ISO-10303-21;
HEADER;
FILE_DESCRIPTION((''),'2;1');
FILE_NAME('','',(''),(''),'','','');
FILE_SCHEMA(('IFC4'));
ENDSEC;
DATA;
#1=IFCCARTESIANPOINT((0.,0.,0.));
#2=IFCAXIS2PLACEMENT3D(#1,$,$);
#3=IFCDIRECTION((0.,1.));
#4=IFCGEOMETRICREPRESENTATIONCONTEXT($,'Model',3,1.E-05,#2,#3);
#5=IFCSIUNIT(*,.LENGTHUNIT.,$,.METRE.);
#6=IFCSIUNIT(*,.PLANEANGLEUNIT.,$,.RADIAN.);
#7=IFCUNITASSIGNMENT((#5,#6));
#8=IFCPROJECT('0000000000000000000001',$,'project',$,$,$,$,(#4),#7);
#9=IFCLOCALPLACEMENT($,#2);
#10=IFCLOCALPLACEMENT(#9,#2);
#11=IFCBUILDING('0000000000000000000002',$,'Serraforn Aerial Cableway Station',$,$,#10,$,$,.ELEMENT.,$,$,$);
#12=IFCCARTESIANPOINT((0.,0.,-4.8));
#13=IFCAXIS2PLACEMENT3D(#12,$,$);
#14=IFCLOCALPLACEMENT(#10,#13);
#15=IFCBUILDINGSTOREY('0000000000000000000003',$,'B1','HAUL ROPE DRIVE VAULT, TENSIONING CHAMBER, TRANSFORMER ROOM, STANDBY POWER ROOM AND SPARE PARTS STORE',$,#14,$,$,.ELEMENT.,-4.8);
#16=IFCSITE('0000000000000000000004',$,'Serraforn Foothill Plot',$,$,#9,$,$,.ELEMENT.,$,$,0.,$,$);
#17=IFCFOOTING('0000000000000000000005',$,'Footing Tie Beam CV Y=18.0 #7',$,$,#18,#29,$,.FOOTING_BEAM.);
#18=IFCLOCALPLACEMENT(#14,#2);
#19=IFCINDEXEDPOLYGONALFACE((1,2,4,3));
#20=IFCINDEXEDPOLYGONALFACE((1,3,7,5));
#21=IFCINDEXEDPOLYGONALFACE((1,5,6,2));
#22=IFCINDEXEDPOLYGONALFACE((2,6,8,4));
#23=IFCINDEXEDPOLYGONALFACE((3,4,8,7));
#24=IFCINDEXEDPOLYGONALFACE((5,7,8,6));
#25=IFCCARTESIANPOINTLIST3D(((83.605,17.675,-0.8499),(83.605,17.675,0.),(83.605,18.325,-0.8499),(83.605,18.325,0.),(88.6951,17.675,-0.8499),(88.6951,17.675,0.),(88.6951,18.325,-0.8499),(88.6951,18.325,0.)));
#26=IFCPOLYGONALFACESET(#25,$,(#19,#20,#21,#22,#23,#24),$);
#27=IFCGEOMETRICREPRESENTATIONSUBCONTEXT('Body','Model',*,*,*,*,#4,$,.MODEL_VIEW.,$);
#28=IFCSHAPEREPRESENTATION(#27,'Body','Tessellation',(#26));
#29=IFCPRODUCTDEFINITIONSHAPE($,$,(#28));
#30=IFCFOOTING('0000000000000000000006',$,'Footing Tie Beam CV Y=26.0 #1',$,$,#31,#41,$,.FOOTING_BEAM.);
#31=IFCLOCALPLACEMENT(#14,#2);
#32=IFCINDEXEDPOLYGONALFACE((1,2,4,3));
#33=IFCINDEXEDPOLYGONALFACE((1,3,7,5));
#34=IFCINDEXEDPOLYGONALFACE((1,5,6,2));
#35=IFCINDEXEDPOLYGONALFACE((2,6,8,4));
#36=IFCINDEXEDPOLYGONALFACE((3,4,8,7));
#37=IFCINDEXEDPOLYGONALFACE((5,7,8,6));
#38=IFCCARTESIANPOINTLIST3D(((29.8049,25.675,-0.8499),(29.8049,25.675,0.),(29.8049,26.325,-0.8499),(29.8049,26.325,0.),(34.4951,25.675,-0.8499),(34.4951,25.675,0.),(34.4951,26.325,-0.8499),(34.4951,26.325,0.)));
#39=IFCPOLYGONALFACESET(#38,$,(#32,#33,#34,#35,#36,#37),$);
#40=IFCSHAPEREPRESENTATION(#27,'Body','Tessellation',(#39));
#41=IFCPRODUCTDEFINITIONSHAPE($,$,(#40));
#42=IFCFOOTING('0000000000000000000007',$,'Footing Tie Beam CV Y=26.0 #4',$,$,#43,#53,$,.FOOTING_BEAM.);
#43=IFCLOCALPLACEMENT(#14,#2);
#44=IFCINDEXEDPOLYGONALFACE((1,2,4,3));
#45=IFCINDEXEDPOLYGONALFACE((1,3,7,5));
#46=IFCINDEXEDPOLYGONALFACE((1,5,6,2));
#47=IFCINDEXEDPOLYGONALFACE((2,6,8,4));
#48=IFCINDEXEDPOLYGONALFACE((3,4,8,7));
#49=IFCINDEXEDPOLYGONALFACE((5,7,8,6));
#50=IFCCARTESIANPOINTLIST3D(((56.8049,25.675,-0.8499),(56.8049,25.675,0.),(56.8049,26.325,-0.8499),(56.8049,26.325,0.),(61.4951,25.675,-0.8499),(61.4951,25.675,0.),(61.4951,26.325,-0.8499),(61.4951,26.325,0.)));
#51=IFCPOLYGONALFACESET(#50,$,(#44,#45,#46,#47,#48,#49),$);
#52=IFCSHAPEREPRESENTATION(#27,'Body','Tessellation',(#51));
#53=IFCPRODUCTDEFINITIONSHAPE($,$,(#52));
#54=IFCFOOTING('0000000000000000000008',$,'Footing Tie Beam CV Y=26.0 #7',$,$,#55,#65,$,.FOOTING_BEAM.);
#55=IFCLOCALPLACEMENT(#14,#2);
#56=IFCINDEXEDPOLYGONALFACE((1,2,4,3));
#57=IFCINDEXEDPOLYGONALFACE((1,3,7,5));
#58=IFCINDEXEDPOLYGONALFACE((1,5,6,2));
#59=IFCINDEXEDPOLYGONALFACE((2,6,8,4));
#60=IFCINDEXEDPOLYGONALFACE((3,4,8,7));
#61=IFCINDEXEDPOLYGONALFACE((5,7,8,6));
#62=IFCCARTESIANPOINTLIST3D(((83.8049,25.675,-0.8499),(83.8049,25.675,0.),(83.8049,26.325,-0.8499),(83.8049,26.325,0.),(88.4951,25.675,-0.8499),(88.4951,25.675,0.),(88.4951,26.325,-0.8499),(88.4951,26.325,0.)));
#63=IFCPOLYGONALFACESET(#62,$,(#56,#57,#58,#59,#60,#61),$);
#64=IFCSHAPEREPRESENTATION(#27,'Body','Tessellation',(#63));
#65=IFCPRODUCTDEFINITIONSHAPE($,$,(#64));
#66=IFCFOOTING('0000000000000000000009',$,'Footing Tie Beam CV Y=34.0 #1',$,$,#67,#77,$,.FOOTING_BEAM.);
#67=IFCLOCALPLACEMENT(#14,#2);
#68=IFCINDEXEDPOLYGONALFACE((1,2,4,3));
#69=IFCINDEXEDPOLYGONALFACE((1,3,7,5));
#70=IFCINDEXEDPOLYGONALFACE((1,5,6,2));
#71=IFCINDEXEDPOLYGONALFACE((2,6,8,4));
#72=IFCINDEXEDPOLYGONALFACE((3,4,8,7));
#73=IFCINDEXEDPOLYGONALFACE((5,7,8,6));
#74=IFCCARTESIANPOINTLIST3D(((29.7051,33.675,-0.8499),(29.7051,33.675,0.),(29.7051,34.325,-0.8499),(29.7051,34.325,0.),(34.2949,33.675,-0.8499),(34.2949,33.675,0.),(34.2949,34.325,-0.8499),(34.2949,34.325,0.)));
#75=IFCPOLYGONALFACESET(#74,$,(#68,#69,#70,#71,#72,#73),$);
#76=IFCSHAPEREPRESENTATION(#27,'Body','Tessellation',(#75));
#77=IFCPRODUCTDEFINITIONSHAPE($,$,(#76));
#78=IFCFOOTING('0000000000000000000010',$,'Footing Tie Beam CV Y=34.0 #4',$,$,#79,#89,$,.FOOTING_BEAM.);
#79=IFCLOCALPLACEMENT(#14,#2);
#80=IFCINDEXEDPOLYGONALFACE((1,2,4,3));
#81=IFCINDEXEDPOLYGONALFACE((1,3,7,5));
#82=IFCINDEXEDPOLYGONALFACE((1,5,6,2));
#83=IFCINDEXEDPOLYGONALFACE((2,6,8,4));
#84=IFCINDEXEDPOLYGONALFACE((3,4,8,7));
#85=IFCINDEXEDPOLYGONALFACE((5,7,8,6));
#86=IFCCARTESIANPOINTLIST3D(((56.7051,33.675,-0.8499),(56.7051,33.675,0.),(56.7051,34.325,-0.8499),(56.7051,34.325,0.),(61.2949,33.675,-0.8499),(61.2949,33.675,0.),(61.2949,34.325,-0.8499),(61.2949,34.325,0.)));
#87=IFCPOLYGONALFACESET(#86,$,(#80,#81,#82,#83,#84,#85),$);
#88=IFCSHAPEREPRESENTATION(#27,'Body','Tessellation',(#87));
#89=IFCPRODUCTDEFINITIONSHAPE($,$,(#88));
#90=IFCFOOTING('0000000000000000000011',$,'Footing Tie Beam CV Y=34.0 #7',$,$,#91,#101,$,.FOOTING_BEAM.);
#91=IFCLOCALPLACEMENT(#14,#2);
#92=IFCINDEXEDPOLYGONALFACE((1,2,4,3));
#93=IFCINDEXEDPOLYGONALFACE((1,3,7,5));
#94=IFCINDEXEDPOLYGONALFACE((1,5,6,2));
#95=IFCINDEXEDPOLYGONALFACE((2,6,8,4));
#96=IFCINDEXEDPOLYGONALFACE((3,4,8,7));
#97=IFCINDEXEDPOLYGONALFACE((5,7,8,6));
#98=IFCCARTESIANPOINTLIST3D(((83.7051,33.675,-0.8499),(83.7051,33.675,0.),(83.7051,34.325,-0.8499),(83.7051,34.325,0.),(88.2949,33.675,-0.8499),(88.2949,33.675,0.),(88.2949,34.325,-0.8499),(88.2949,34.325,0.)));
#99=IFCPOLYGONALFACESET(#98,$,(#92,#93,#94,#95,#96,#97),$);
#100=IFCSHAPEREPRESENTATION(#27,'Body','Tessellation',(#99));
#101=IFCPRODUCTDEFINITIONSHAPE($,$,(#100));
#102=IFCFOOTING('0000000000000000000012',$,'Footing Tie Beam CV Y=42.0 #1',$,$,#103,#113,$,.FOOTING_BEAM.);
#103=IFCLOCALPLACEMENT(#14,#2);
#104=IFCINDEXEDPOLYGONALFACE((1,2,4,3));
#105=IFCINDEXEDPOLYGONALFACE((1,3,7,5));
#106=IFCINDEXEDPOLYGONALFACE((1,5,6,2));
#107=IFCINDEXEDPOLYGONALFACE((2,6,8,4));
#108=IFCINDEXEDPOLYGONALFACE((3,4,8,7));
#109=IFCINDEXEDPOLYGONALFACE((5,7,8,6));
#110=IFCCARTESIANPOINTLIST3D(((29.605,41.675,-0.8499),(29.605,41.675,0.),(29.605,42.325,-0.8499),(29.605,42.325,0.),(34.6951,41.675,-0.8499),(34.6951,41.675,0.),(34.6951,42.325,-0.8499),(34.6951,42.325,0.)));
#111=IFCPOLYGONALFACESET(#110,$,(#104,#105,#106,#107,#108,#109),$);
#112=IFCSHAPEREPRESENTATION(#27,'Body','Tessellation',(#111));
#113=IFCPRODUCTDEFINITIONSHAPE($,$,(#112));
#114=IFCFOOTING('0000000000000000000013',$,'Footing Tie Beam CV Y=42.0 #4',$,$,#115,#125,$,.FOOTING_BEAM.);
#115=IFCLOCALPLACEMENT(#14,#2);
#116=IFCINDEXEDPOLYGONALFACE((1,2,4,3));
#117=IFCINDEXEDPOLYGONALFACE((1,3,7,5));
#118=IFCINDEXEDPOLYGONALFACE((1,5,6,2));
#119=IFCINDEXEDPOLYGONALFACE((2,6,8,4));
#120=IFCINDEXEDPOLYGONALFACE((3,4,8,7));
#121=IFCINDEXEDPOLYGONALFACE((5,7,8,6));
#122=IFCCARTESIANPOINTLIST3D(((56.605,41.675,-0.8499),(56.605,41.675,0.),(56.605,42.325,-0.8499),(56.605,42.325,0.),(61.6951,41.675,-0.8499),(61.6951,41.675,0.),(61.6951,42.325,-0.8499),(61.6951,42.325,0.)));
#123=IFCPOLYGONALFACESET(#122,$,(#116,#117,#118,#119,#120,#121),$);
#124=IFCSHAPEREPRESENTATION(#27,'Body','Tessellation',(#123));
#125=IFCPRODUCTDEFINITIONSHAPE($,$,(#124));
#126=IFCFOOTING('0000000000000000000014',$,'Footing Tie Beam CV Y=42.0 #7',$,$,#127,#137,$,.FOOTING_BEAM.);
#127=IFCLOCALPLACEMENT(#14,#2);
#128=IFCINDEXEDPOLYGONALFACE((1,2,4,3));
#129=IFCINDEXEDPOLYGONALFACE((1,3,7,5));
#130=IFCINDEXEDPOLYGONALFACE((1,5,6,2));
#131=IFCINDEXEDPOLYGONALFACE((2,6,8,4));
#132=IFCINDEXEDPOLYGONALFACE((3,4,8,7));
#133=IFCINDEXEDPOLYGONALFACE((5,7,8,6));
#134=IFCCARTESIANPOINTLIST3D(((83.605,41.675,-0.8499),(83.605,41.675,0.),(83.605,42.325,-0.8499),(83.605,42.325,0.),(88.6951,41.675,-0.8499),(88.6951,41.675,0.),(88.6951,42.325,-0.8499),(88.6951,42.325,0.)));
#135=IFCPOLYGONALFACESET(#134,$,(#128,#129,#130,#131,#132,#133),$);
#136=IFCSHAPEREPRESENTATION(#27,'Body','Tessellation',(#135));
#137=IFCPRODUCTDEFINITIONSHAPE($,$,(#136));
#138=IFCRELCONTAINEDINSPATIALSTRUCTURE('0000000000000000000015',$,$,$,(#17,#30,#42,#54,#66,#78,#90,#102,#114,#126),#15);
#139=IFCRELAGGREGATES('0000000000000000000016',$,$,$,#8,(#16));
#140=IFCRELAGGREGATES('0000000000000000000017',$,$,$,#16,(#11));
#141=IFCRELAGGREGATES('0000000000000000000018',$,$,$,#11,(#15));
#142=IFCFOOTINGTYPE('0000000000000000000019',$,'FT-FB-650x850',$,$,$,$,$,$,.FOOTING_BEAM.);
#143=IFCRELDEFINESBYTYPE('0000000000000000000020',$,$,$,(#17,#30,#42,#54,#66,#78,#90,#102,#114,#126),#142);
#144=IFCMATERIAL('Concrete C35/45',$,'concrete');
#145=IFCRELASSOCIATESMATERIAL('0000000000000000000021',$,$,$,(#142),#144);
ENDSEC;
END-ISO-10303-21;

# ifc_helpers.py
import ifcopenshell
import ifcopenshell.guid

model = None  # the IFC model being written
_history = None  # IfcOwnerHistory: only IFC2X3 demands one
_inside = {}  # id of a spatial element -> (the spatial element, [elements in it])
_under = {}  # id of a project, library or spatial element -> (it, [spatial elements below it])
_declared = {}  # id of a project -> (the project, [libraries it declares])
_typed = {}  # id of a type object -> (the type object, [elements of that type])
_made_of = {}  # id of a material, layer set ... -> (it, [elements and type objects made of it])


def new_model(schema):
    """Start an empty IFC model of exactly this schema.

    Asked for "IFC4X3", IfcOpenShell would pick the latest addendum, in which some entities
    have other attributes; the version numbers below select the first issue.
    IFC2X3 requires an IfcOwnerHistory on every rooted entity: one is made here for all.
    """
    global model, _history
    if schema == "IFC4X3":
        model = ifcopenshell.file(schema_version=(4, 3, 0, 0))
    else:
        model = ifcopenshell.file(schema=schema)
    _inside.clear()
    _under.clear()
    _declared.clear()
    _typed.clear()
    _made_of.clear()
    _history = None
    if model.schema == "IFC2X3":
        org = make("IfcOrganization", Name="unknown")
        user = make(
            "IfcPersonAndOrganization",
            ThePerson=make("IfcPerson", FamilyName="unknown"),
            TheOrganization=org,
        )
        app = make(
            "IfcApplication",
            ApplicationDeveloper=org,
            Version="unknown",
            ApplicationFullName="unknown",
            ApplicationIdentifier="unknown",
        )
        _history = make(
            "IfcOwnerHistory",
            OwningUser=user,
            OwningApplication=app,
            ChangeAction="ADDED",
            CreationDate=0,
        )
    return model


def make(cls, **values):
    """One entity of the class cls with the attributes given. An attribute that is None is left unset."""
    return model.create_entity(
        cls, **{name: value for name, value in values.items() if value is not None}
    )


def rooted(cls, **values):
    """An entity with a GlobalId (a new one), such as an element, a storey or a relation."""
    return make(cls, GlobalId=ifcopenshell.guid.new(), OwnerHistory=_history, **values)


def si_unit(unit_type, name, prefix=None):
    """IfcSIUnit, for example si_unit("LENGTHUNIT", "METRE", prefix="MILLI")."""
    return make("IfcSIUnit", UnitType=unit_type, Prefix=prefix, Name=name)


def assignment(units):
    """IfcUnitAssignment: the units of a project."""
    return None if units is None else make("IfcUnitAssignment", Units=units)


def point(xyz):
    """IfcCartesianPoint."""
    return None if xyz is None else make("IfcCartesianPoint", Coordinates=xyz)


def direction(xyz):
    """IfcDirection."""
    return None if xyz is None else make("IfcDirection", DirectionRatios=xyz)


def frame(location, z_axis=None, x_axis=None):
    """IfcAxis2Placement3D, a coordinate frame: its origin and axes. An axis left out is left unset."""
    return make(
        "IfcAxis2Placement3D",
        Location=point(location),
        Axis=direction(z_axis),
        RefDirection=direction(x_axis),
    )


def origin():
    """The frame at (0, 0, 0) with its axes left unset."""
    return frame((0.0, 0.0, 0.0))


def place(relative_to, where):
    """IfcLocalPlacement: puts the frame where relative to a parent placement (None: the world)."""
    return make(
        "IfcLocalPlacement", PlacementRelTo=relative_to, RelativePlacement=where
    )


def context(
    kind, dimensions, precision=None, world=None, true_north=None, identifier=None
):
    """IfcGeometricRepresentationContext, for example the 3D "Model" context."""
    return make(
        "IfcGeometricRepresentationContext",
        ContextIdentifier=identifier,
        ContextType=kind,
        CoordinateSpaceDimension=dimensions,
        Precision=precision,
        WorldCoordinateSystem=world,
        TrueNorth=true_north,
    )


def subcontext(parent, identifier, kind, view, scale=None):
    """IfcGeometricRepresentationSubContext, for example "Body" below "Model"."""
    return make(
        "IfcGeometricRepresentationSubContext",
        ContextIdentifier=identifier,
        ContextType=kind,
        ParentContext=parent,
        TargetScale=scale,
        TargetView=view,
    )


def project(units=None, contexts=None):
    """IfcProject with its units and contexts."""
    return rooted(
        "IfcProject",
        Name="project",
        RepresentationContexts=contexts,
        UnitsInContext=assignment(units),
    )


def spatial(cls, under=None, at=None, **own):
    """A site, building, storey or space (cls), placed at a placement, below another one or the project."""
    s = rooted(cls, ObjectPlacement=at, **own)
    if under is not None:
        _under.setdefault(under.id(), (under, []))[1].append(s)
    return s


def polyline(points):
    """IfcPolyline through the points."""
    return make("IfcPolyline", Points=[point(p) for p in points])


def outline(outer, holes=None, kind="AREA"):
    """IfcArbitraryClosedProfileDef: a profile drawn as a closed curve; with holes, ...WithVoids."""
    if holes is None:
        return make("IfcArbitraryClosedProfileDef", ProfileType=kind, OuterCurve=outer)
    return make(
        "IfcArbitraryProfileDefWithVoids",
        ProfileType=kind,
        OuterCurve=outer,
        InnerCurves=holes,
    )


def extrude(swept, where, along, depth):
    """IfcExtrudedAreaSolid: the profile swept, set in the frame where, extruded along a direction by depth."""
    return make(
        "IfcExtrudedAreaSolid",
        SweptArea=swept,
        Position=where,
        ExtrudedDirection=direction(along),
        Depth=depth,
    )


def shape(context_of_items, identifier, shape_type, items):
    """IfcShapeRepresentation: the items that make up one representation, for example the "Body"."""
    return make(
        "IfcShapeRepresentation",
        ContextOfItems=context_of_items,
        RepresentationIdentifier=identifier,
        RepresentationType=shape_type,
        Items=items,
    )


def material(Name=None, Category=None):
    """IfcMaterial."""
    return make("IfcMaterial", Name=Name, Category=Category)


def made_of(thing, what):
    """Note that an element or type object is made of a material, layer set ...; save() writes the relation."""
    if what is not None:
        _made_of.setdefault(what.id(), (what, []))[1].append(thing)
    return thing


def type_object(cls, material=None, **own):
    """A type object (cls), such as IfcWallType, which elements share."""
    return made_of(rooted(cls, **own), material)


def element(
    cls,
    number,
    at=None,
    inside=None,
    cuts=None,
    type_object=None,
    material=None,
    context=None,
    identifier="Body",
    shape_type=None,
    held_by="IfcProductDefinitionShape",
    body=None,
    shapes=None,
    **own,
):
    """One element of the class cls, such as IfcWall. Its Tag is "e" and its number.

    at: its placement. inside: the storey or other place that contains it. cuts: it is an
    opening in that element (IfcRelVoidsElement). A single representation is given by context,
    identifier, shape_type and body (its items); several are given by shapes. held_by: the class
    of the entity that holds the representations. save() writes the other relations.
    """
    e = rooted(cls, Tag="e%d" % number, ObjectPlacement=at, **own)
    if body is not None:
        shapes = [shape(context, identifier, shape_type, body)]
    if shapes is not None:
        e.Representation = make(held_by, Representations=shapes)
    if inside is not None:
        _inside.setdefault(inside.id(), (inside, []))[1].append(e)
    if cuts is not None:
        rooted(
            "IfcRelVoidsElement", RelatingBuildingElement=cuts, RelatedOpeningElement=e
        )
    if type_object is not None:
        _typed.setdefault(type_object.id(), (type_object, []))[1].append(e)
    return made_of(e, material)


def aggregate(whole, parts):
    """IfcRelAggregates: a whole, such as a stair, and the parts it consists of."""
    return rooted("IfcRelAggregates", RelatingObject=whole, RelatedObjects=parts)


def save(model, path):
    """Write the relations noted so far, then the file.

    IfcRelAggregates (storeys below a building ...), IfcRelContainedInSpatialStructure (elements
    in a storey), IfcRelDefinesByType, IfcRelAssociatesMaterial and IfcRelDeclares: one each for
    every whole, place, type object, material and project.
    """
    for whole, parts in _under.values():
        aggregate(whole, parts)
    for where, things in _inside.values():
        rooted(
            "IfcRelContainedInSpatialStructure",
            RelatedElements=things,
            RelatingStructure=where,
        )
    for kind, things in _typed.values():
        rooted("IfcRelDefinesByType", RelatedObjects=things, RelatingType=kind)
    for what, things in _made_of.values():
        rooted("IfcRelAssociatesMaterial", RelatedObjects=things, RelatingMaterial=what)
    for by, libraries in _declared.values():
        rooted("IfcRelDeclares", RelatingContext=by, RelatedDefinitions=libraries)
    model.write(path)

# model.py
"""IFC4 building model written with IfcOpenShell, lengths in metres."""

from ifc_helpers import new_model, si_unit, direction, frame, origin, place, context, subcontext, project, spatial, polyline, outline, extrude, material, type_object, element, save


model = new_model("IFC4")

# Units and contexts
model_context = context("Model", 3, precision=1e-05, world=origin(), true_north=direction((0.0, 1.0)))
body_context = subcontext(model_context, "Body", "Model", "MODEL_VIEW")
ifc_project = project(units=[si_unit("LENGTHUNIT", "METRE"), si_unit("PLANEANGLEUNIT", "RADIAN")], contexts=[model_context])

# Site, building, storey
site_placement = place(None, origin())
site = spatial("IfcSite", under=ifc_project, at=site_placement, Name="Serraforn Foothill Plot", CompositionType="ELEMENT", RefElevation=0.0)
building_placement = place(site_placement, origin())
building = spatial("IfcBuilding", under=site, at=building_placement, Name="Serraforn Aerial Cableway Station", CompositionType="ELEMENT")
storey_placement = place(building_placement, frame((0.0, 0.0, -4.8)))
storey = spatial("IfcBuildingStorey", under=building, at=storey_placement, Name="B1", Description="HAUL ROPE DRIVE VAULT, TENSIONING CHAMBER, TRANSFORMER ROOM, STANDBY POWER ROOM AND SPARE PARTS STORE", CompositionType="ELEMENT", Elevation=-4.8)

# Footings
ifc_material = material(Name="Concrete C35/45", Category="concrete")
footing_type_1 = type_object("IfcFootingType", Name="FT-FB-650x850", PredefinedType="FOOTING_BEAM", material=ifc_material)
footing_1_placement = place(storey_placement, frame((0.0, 0.0, -0.8499)))
element("IfcFooting", 1, at=footing_1_placement, inside=storey, type_object=footing_type_1, Name="Footing Tie Beam CV Y=18.0 #7", PredefinedType="FOOTING_BEAM", context=body_context, shape_type="SweptSolid", body=[
    extrude(outline(polyline([(88.6951, 18.325), (88.6951, 17.675), (83.605, 17.675), (83.605, 18.325), (88.6951, 18.325)])), origin(), (0.0, 0.0, 1.0), 0.8499),
])
footing_2_placement = place(storey_placement, frame((0.0, 0.0, -0.8499)))
element("IfcFooting", 2, at=footing_2_placement, inside=storey, type_object=footing_type_1, Name="Footing Tie Beam CV Y=26.0 #1", PredefinedType="FOOTING_BEAM", context=body_context, shape_type="SweptSolid", body=[
    extrude(outline(polyline([(34.4951, 26.325), (34.4951, 25.675), (29.8049, 25.675), (29.8049, 26.325), (34.4951, 26.325)])), origin(), (0.0, 0.0, 1.0), 0.8499),
])
footing_3_placement = place(storey_placement, frame((0.0, 0.0, -0.8499)))
element("IfcFooting", 3, at=footing_3_placement, inside=storey, type_object=footing_type_1, Name="Footing Tie Beam CV Y=26.0 #4", PredefinedType="FOOTING_BEAM", context=body_context, shape_type="SweptSolid", body=[
    extrude(outline(polyline([(61.4951, 26.325), (61.4951, 25.675), (56.8049, 25.675), (56.8049, 26.325), (61.4951, 26.325)])), origin(), (0.0, 0.0, 1.0), 0.8499),
])
footing_4_placement = place(storey_placement, frame((0.0, 0.0, -0.8499)))
element("IfcFooting", 4, at=footing_4_placement, inside=storey, type_object=footing_type_1, Name="Footing Tie Beam CV Y=26.0 #7", PredefinedType="FOOTING_BEAM", context=body_context, shape_type="SweptSolid", body=[
    extrude(outline(polyline([(88.4951, 26.325), (88.4951, 25.675), (83.8049, 25.675), (83.8049, 26.325), (88.4951, 26.325)])), origin(), (0.0, 0.0, 1.0), 0.8499),
])
footing_5_placement = place(storey_placement, frame((0.0, 0.0, -0.8499)))
element("IfcFooting", 5, at=footing_5_placement, inside=storey, type_object=footing_type_1, Name="Footing Tie Beam CV Y=34.0 #1", PredefinedType="FOOTING_BEAM", context=body_context, shape_type="SweptSolid", body=[
    extrude(outline(polyline([(34.2949, 34.325), (34.2949, 33.675), (29.7051, 33.675), (29.7051, 34.325), (34.2949, 34.325)])), origin(), (0.0, 0.0, 1.0), 0.8499),
])
footing_6_placement = place(storey_placement, frame((0.0, 0.0, -0.8499)))
element("IfcFooting", 6, at=footing_6_placement, inside=storey, type_object=footing_type_1, Name="Footing Tie Beam CV Y=34.0 #4", PredefinedType="FOOTING_BEAM", context=body_context, shape_type="SweptSolid", body=[
    extrude(outline(polyline([(61.2949, 34.325), (61.2949, 33.675), (56.7051, 33.675), (56.7051, 34.325), (61.2949, 34.325)])), origin(), (0.0, 0.0, 1.0), 0.8499),
])
footing_7_placement = place(storey_placement, frame((0.0, 0.0, -0.8499)))
element("IfcFooting", 7, at=footing_7_placement, inside=storey, type_object=footing_type_1, Name="Footing Tie Beam CV Y=34.0 #7", PredefinedType="FOOTING_BEAM", context=body_context, shape_type="SweptSolid", body=[
    extrude(outline(polyline([(88.2949, 34.325), (88.2949, 33.675), (83.7051, 33.675), (83.7051, 34.325), (88.2949, 34.325)])), origin(), (0.0, 0.0, 1.0), 0.8499),
])
footing_8_placement = place(storey_placement, frame((0.0, 0.0, -0.8499)))
element("IfcFooting", 8, at=footing_8_placement, inside=storey, type_object=footing_type_1, Name="Footing Tie Beam CV Y=42.0 #1", PredefinedType="FOOTING_BEAM", context=body_context, shape_type="SweptSolid", body=[
    extrude(outline(polyline([(34.6951, 42.325), (34.6951, 41.675), (29.605, 41.675), (29.605, 42.325), (34.6951, 42.325)])), origin(), (0.0, 0.0, 1.0), 0.8499),
])
footing_9_placement = place(storey_placement, frame((0.0, 0.0, -0.8499)))
element("IfcFooting", 9, at=footing_9_placement, inside=storey, type_object=footing_type_1, Name="Footing Tie Beam CV Y=42.0 #4", PredefinedType="FOOTING_BEAM", context=body_context, shape_type="SweptSolid", body=[
    extrude(outline(polyline([(61.6951, 42.325), (61.6951, 41.675), (56.605, 41.675), (56.605, 42.325), (61.6951, 42.325)])), origin(), (0.0, 0.0, 1.0), 0.8499),
])
footing_10_placement = place(storey_placement, frame((0.0, 0.0, -0.8499)))
element("IfcFooting", 10, at=footing_10_placement, inside=storey, type_object=footing_type_1, Name="Footing Tie Beam CV Y=42.0 #7", PredefinedType="FOOTING_BEAM", context=body_context, shape_type="SweptSolid", body=[
    extrude(outline(polyline([(88.6951, 42.325), (88.6951, 41.675), (83.605, 41.675), (83.605, 42.325), (88.6951, 42.325)])), origin(), (0.0, 0.0, 1.0), 0.8499),
])

save(model, "model.ifc")
